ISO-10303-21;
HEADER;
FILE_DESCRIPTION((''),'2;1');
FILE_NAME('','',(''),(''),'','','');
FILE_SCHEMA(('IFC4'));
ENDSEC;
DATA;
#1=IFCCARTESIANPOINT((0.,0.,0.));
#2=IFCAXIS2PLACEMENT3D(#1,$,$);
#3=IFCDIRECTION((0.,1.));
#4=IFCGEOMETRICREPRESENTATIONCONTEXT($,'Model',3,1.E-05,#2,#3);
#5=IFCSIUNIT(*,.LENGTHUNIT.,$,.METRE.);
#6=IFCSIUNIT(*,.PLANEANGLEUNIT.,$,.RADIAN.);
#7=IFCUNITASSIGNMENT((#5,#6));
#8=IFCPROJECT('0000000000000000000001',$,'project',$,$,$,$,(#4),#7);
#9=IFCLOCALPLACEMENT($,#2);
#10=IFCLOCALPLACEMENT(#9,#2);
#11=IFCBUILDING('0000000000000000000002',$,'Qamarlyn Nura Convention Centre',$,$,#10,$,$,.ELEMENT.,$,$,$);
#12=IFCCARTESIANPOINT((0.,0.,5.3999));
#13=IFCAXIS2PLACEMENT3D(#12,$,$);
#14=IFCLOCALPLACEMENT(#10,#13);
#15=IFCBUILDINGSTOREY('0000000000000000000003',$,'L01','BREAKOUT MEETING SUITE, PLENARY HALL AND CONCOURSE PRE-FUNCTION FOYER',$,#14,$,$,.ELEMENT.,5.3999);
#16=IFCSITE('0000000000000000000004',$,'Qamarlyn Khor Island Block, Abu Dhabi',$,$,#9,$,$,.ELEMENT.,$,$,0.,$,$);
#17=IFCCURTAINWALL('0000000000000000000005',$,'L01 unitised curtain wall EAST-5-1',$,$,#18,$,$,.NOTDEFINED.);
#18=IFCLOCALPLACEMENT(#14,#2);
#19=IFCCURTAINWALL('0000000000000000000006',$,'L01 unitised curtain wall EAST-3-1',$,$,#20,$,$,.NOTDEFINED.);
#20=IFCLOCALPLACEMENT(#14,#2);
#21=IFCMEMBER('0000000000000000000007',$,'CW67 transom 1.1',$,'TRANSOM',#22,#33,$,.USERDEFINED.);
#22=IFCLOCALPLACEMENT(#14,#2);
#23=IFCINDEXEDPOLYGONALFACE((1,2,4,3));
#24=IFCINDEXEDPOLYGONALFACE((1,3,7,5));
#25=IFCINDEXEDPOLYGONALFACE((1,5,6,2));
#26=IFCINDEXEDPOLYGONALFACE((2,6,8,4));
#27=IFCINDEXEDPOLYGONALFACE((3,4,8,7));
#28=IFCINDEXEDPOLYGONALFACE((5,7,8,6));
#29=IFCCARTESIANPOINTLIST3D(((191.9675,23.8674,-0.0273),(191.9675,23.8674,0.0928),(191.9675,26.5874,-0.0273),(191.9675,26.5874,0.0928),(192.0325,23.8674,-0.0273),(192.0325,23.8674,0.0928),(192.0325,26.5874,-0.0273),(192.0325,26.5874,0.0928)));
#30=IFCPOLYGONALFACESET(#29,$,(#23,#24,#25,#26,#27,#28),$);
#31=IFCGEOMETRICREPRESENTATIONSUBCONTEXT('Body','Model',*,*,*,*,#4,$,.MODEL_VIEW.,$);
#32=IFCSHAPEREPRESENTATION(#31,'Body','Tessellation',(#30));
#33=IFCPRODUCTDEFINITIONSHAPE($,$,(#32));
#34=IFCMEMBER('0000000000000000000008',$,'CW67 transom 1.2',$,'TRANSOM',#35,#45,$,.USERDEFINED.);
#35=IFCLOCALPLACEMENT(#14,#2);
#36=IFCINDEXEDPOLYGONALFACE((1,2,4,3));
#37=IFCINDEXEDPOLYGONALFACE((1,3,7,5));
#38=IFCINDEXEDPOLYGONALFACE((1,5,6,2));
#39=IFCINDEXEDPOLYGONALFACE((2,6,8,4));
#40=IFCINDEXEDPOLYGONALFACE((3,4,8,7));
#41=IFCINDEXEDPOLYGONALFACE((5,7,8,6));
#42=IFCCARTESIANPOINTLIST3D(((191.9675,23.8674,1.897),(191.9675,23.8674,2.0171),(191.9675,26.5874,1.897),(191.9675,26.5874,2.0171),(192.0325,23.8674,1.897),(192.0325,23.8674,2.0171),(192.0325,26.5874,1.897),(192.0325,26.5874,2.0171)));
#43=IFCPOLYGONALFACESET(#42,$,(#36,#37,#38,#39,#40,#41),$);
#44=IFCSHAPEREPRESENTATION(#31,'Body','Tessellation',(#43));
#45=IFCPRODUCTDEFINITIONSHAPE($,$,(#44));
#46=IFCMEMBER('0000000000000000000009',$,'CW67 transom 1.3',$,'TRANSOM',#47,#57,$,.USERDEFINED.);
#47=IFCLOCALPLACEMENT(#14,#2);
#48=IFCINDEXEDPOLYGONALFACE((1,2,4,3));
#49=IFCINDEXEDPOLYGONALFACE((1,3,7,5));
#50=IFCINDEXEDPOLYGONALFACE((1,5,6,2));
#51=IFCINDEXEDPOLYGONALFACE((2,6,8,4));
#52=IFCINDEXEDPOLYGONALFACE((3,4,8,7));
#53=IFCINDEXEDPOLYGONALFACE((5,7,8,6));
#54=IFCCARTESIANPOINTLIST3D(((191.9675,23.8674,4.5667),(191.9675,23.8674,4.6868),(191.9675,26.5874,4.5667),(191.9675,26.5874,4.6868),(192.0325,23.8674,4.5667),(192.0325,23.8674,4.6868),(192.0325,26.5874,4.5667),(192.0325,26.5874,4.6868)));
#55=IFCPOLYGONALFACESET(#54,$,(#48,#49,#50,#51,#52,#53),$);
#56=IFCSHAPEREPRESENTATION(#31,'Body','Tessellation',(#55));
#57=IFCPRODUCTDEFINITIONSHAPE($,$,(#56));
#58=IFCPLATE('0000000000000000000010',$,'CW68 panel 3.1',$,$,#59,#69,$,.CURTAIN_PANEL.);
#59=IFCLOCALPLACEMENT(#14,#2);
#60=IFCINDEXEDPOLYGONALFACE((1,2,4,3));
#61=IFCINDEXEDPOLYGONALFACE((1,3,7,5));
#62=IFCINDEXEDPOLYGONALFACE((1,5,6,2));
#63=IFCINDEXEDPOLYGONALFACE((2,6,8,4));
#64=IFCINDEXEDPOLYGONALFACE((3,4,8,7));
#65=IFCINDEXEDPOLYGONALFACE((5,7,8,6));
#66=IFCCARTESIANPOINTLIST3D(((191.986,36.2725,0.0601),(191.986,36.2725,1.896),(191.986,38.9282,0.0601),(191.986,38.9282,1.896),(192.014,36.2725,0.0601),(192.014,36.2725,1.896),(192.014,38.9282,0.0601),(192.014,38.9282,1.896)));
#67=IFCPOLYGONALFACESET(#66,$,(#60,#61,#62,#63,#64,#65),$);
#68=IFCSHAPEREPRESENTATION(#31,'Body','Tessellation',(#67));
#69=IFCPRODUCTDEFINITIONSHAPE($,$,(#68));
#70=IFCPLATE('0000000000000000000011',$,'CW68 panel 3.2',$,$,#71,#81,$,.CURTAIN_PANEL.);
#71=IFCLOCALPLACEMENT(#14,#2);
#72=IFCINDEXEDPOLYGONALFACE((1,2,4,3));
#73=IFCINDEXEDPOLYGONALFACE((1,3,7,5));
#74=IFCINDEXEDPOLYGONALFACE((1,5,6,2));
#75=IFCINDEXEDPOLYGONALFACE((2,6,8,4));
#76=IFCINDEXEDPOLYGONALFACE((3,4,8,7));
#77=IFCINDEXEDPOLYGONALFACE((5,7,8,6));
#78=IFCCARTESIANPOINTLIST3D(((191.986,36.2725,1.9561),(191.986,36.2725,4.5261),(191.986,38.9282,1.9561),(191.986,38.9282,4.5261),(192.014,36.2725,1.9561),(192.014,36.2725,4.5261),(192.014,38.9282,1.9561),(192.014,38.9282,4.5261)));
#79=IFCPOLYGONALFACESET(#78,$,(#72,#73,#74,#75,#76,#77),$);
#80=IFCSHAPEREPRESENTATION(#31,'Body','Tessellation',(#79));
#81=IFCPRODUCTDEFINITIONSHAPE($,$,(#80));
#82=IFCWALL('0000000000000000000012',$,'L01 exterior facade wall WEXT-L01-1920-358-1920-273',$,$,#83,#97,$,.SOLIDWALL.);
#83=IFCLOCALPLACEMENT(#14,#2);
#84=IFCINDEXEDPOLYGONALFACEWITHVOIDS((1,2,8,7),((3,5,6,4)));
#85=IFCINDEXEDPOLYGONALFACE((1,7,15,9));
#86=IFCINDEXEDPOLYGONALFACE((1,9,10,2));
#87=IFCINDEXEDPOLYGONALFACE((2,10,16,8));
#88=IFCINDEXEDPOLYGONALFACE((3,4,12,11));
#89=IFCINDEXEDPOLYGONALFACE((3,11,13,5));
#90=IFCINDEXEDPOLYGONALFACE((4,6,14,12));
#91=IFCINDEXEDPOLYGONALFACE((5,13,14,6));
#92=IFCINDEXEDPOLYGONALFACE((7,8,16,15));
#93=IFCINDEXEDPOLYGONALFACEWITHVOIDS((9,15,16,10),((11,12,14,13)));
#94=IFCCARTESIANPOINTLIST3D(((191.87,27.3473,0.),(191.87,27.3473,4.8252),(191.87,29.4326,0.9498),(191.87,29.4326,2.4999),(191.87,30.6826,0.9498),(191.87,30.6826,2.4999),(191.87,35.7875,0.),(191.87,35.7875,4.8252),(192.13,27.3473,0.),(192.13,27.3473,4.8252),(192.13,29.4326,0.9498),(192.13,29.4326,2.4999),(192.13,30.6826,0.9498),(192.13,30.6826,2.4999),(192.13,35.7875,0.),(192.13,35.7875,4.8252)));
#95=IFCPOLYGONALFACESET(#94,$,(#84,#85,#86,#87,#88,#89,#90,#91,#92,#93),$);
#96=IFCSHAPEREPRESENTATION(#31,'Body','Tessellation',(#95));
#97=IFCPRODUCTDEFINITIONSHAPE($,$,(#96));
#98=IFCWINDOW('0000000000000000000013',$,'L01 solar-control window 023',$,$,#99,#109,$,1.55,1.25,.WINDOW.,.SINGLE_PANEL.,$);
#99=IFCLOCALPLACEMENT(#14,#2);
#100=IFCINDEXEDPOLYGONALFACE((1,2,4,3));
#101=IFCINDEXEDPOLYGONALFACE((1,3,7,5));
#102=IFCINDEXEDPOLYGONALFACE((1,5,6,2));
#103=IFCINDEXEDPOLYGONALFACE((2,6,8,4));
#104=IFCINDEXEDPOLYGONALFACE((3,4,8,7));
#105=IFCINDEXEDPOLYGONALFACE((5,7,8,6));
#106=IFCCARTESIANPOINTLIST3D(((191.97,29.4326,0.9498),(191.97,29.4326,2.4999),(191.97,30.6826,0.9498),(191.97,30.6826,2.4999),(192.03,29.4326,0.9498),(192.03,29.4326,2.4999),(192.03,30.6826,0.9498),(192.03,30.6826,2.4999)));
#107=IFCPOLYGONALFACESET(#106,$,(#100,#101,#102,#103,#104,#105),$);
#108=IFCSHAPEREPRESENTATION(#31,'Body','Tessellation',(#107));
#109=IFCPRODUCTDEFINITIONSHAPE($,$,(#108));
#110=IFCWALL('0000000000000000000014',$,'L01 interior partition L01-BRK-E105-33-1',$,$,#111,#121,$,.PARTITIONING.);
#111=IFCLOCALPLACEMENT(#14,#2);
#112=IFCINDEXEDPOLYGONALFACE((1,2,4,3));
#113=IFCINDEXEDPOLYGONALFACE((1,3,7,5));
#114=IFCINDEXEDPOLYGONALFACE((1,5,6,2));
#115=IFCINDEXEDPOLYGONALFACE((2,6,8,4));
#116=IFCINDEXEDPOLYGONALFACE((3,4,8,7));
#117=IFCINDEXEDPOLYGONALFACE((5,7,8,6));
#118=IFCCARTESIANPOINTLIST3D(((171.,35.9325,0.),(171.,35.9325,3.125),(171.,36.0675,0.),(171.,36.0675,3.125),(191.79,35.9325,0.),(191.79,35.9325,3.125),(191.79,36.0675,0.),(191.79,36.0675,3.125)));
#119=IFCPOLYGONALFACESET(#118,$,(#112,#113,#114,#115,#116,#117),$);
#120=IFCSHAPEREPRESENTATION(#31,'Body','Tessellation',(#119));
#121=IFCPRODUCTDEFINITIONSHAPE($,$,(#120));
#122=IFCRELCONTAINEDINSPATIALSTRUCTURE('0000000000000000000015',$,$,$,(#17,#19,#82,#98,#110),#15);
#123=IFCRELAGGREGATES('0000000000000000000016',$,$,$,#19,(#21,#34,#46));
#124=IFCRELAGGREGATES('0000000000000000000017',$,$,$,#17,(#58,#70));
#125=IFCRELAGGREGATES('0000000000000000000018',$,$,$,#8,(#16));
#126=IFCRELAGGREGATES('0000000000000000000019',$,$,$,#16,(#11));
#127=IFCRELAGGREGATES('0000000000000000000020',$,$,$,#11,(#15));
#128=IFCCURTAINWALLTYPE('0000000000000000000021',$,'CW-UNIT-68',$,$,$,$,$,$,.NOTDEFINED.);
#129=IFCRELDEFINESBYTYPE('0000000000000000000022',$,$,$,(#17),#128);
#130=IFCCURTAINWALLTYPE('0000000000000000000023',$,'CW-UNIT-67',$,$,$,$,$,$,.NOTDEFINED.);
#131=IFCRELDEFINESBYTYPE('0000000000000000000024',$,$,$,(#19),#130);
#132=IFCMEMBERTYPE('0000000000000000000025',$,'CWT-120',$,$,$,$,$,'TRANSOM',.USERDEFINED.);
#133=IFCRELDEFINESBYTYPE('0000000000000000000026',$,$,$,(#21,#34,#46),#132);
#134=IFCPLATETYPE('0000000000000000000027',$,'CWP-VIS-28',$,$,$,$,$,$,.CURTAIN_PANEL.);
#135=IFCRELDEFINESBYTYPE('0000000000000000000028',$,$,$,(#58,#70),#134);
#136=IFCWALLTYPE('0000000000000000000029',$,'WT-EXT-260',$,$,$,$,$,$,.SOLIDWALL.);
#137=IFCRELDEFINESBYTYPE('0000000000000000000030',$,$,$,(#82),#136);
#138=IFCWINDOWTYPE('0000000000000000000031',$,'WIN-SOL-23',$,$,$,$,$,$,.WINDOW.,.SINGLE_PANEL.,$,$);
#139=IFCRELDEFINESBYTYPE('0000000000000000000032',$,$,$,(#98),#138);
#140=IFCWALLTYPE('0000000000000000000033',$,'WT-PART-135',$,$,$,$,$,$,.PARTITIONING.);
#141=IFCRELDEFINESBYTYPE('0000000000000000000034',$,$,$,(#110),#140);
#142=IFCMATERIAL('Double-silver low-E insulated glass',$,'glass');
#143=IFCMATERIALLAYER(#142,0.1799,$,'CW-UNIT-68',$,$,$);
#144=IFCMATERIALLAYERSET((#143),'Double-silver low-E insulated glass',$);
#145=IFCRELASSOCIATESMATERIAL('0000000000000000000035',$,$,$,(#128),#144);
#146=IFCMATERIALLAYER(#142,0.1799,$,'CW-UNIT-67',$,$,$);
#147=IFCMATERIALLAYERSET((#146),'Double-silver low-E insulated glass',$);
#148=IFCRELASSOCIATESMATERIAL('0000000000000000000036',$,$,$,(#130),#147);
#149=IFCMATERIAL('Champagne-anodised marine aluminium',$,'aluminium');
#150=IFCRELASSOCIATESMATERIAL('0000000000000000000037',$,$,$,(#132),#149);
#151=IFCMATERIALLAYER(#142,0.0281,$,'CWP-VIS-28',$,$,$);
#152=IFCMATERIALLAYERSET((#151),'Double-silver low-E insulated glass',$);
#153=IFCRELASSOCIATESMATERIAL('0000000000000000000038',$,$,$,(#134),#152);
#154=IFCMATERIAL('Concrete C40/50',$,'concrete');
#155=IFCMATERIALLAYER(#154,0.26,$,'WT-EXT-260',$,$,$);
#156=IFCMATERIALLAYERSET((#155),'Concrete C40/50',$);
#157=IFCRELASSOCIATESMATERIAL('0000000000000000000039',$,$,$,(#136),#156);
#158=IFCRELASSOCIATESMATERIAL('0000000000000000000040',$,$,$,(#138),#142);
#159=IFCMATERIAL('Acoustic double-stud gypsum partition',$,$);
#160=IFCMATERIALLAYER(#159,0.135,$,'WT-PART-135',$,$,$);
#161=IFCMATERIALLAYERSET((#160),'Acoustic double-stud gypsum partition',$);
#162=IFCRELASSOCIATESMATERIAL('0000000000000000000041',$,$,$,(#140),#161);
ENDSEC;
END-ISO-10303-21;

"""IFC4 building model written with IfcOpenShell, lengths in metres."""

from ifc_helpers import new_model, si_unit, direction, frame, frame_2d, origin, origin_2d, place, context, subcontext, project, spatial, rectangle, extrude, material, layer, layer_set, material_profile, profile_set, type_object, element, fill, aggregate, save


model = new_model("IFC4")

# Units and contexts
model_context = context("Model", 3, precision=1e-05, world=origin(), true_north=direction((0.0, 1.0)))
body_context = subcontext(model_context, "Body", "Model", "MODEL_VIEW")
ifc_project = project(units=[si_unit("LENGTHUNIT", "METRE"), si_unit("PLANEANGLEUNIT", "RADIAN")], contexts=[model_context])

# Site, building, storey
site_placement = place(None, origin())
site = spatial("IfcSite", under=ifc_project, at=site_placement, Name="Qamarlyn Khor Island Block, Abu Dhabi", CompositionType="ELEMENT", RefElevation=0.0)
building_placement = place(site_placement, origin())
building = spatial("IfcBuilding", under=site, at=building_placement, Name="Qamarlyn Nura Convention Centre", CompositionType="ELEMENT")
storey_placement = place(building_placement, frame((0.0, 0.0, 5.3999)))
storey = spatial("IfcBuildingStorey", under=building, at=storey_placement, Name="L01", Description="BREAKOUT MEETING SUITE, PLENARY HALL AND CONCOURSE PRE-FUNCTION FOYER", CompositionType="ELEMENT", Elevation=5.3999)

# Curtain walls
ifc_material_1 = material(Name="Double-silver low-E insulated glass", Category="glass")
ifc_layer_1 = layer(ifc_material_1, 0.1799, Name="CW-UNIT-68")
ifc_layer_set_1 = layer_set([ifc_layer_1], Name="Double-silver low-E insulated glass")
curtain_wall_type_1 = type_object("IfcCurtainWallType", Name="CW-UNIT-68", PredefinedType="NOTDEFINED", material=ifc_layer_set_1)
curtain_wall_1_placement = place(storey_placement, origin())
curtain_wall_1 = element("IfcCurtainWall", 1, at=curtain_wall_1_placement, inside=storey, type_object=curtain_wall_type_1, Name="L01 unitised curtain wall EAST-5-1", PredefinedType="NOTDEFINED")
ifc_material_2 = material(Name="Champagne-anodised marine aluminium", Category="aluminium")
ifc_layer_2 = layer(ifc_material_1, 0.1799, Name="CW-UNIT-67")
ifc_layer_set_2 = layer_set([ifc_layer_2], Name="Double-silver low-E insulated glass")
curtain_wall_type_2 = type_object("IfcCurtainWallType", Name="CW-UNIT-67", PredefinedType="NOTDEFINED", material=ifc_layer_set_2)
curtain_wall_2_placement = place(storey_placement, origin())
curtain_wall_2 = element("IfcCurtainWall", 2, at=curtain_wall_2_placement, inside=storey, type_object=curtain_wall_type_2, Name="L01 unitised curtain wall EAST-3-1", PredefinedType="NOTDEFINED")

# Members
ifc_material_profile_1 = material_profile(ifc_material_2, rectangle(XDim=0.0649, YDim=0.1201, at=origin_2d()), Name="ALU TRANSOM 65x120")
ifc_profile_set_1 = profile_set([ifc_material_profile_1], Name="Champagne-anodised marine aluminium")
member_type_1 = type_object("IfcMemberType", Name="CWT-120", ElementType="TRANSOM", PredefinedType="USERDEFINED", material=ifc_profile_set_1)
member_1_placement = place(storey_placement, frame((192.0, 26.5874, 0.0327), z_axis=(0.0, -1.0, 0.0), x_axis=(1.0, 0.0, 0.0)))
member_1 = element("IfcMember", 3, at=member_1_placement, type_object=member_type_1, Name="CW67 transom 1.1", ObjectType="TRANSOM", PredefinedType="USERDEFINED", context=body_context, shape_type="SweptSolid", body=[
    extrude(rectangle(XDim=0.0649, YDim=0.1201, at=origin_2d()), origin(), (0.0, 0.0, 1.0), 2.72),
])
member_2_placement = place(storey_placement, frame((192.0, 26.5874, 1.957), z_axis=(0.0, -1.0, 0.0), x_axis=(1.0, 0.0, 0.0)))
member_2 = element("IfcMember", 4, at=member_2_placement, type_object=member_type_1, Name="CW67 transom 1.2", ObjectType="TRANSOM", PredefinedType="USERDEFINED", context=body_context, shape_type="SweptSolid", body=[
    extrude(rectangle(XDim=0.0649, YDim=0.1201, at=origin_2d()), origin(), (0.0, 0.0, 1.0), 2.72),
])
member_3_placement = place(storey_placement, frame((192.0, 26.5874, 4.6267), z_axis=(0.0, -1.0, 0.0), x_axis=(1.0, 0.0, 0.0)))
member_3 = element("IfcMember", 5, at=member_3_placement, type_object=member_type_1, Name="CW67 transom 1.3", ObjectType="TRANSOM", PredefinedType="USERDEFINED", context=body_context, shape_type="SweptSolid", body=[
    extrude(rectangle(XDim=0.0649, YDim=0.1201, at=origin_2d()), origin(), (0.0, 0.0, 1.0), 2.72),
])
aggregate(curtain_wall_2, [member_1, member_2, member_3])

# Plates
ifc_layer_3 = layer(ifc_material_1, 0.0281, Name="CWP-VIS-28")
ifc_layer_set_3 = layer_set([ifc_layer_3], Name="Double-silver low-E insulated glass")
plate_type = type_object("IfcPlateType", Name="CWP-VIS-28", PredefinedType="CURTAIN_PANEL", material=ifc_layer_set_3)
plate_1_placement = place(storey_placement, frame((192.0, 37.6003, 0.0601), z_axis=(0.0, 0.0, 1.0), x_axis=(0.0, -1.0, 0.0)))
plate_1 = element("IfcPlate", 6, at=plate_1_placement, type_object=plate_type, Name="CW68 panel 3.1", PredefinedType="CURTAIN_PANEL", context=body_context, shape_type="SweptSolid", body=[
    extrude(rectangle(XDim=2.6558, YDim=0.0281, at=origin_2d()), origin(), (0.0, 0.0, 1.0), 1.8359),
])
plate_2_placement = place(storey_placement, frame((192.0, 37.6003, 1.9561), z_axis=(0.0, 0.0, 1.0), x_axis=(0.0, -1.0, 0.0)))
plate_2 = element("IfcPlate", 7, at=plate_2_placement, type_object=plate_type, Name="CW68 panel 3.2", PredefinedType="CURTAIN_PANEL", context=body_context, shape_type="SweptSolid", body=[
    extrude(rectangle(XDim=2.6558, YDim=0.0281, at=origin_2d()), origin(), (0.0, 0.0, 1.0), 2.5701),
])
aggregate(curtain_wall_1, [plate_1, plate_2])

# Wall, opening, window
ifc_material_3 = material(Name="Concrete C40/50", Category="concrete")
ifc_layer_4 = layer(ifc_material_3, 0.26, Name="WT-EXT-260")
ifc_layer_set_4 = layer_set([ifc_layer_4], Name="Concrete C40/50")
wall_type_1 = type_object("IfcWallType", Name="WT-EXT-260", PredefinedType="SOLIDWALL", material=ifc_layer_set_4)
wall_1_placement = place(storey_placement, frame((192.0, 35.7876, 0.0), z_axis=(0.0, 0.0, 1.0), x_axis=(0.0, -1.0, 0.0)))
wall_1 = element("IfcWall", 8, at=wall_1_placement, inside=storey, type_object=wall_type_1, Name="L01 exterior facade wall WEXT-L01-1920-358-1920-273", PredefinedType="SOLIDWALL", context=body_context, shape_type="SweptSolid", body=[
    extrude(rectangle(XDim=8.4402, YDim=0.26, at=frame_2d((4.2202, 0.0))), origin(), (0.0, 0.0, 1.0), 4.8252),
])
opening_placement = place(wall_1_placement, frame((5.105, 0.0, 0.95)))
opening = element("IfcOpeningElement", 9, at=opening_placement, cuts=wall_1, PredefinedType="OPENING", context=body_context, shape_type="SweptSolid", body=[
    extrude(rectangle(XDim=1.25, YDim=1.55, at=frame_2d((0.625, 0.7749))), frame((0.0, 0.1401, 0.0), z_axis=(0.0, -1.0, 0.0), x_axis=(1.0, 0.0, 0.0)), (0.0, 0.0, 1.0), 0.28),
])
window_type = type_object("IfcWindowType", Name="WIN-SOL-23", PartitioningType="SINGLE_PANEL", PredefinedType="WINDOW", material=ifc_material_1)
window_placement = place(opening_placement, origin())
window = element("IfcWindow", 10, at=window_placement, inside=storey, type_object=window_type, Name="L01 solar-control window 023", OverallHeight=1.55, OverallWidth=1.25, PartitioningType="SINGLE_PANEL", PredefinedType="WINDOW", context=body_context, shape_type="SweptSolid", body=[
    extrude(rectangle(XDim=1.25, YDim=1.55, at=frame_2d((0.625, 0.7749))), frame((0.0, 0.03, 0.0), z_axis=(0.0, -1.0, 0.0), x_axis=(1.0, 0.0, 0.0)), (0.0, 0.0, 1.0), 0.0601),
])
fill(opening, window)

# Wall
ifc_material_4 = material(Name="Acoustic double-stud gypsum partition")
ifc_layer_5 = layer(ifc_material_4, 0.135, Name="WT-PART-135")
ifc_layer_set_5 = layer_set([ifc_layer_5], Name="Acoustic double-stud gypsum partition")
wall_type_2 = type_object("IfcWallType", Name="WT-PART-135", PredefinedType="PARTITIONING", material=ifc_layer_set_5)
wall_2_placement = place(storey_placement, frame((191.79, 36.0, 0.0), z_axis=(0.0, 0.0, 1.0), x_axis=(-1.0, 0.0, 0.0)))
element("IfcWall", 11, at=wall_2_placement, inside=storey, type_object=wall_type_2, Name="L01 interior partition L01-BRK-E105-33-1", PredefinedType="PARTITIONING", context=body_context, shape_type="SweptSolid", body=[
    extrude(rectangle(XDim=20.79, YDim=0.135, at=frame_2d((10.395, 0.0))), origin(), (0.0, 0.0, 1.0), 3.125),
])

save(model, "model.ifc")
